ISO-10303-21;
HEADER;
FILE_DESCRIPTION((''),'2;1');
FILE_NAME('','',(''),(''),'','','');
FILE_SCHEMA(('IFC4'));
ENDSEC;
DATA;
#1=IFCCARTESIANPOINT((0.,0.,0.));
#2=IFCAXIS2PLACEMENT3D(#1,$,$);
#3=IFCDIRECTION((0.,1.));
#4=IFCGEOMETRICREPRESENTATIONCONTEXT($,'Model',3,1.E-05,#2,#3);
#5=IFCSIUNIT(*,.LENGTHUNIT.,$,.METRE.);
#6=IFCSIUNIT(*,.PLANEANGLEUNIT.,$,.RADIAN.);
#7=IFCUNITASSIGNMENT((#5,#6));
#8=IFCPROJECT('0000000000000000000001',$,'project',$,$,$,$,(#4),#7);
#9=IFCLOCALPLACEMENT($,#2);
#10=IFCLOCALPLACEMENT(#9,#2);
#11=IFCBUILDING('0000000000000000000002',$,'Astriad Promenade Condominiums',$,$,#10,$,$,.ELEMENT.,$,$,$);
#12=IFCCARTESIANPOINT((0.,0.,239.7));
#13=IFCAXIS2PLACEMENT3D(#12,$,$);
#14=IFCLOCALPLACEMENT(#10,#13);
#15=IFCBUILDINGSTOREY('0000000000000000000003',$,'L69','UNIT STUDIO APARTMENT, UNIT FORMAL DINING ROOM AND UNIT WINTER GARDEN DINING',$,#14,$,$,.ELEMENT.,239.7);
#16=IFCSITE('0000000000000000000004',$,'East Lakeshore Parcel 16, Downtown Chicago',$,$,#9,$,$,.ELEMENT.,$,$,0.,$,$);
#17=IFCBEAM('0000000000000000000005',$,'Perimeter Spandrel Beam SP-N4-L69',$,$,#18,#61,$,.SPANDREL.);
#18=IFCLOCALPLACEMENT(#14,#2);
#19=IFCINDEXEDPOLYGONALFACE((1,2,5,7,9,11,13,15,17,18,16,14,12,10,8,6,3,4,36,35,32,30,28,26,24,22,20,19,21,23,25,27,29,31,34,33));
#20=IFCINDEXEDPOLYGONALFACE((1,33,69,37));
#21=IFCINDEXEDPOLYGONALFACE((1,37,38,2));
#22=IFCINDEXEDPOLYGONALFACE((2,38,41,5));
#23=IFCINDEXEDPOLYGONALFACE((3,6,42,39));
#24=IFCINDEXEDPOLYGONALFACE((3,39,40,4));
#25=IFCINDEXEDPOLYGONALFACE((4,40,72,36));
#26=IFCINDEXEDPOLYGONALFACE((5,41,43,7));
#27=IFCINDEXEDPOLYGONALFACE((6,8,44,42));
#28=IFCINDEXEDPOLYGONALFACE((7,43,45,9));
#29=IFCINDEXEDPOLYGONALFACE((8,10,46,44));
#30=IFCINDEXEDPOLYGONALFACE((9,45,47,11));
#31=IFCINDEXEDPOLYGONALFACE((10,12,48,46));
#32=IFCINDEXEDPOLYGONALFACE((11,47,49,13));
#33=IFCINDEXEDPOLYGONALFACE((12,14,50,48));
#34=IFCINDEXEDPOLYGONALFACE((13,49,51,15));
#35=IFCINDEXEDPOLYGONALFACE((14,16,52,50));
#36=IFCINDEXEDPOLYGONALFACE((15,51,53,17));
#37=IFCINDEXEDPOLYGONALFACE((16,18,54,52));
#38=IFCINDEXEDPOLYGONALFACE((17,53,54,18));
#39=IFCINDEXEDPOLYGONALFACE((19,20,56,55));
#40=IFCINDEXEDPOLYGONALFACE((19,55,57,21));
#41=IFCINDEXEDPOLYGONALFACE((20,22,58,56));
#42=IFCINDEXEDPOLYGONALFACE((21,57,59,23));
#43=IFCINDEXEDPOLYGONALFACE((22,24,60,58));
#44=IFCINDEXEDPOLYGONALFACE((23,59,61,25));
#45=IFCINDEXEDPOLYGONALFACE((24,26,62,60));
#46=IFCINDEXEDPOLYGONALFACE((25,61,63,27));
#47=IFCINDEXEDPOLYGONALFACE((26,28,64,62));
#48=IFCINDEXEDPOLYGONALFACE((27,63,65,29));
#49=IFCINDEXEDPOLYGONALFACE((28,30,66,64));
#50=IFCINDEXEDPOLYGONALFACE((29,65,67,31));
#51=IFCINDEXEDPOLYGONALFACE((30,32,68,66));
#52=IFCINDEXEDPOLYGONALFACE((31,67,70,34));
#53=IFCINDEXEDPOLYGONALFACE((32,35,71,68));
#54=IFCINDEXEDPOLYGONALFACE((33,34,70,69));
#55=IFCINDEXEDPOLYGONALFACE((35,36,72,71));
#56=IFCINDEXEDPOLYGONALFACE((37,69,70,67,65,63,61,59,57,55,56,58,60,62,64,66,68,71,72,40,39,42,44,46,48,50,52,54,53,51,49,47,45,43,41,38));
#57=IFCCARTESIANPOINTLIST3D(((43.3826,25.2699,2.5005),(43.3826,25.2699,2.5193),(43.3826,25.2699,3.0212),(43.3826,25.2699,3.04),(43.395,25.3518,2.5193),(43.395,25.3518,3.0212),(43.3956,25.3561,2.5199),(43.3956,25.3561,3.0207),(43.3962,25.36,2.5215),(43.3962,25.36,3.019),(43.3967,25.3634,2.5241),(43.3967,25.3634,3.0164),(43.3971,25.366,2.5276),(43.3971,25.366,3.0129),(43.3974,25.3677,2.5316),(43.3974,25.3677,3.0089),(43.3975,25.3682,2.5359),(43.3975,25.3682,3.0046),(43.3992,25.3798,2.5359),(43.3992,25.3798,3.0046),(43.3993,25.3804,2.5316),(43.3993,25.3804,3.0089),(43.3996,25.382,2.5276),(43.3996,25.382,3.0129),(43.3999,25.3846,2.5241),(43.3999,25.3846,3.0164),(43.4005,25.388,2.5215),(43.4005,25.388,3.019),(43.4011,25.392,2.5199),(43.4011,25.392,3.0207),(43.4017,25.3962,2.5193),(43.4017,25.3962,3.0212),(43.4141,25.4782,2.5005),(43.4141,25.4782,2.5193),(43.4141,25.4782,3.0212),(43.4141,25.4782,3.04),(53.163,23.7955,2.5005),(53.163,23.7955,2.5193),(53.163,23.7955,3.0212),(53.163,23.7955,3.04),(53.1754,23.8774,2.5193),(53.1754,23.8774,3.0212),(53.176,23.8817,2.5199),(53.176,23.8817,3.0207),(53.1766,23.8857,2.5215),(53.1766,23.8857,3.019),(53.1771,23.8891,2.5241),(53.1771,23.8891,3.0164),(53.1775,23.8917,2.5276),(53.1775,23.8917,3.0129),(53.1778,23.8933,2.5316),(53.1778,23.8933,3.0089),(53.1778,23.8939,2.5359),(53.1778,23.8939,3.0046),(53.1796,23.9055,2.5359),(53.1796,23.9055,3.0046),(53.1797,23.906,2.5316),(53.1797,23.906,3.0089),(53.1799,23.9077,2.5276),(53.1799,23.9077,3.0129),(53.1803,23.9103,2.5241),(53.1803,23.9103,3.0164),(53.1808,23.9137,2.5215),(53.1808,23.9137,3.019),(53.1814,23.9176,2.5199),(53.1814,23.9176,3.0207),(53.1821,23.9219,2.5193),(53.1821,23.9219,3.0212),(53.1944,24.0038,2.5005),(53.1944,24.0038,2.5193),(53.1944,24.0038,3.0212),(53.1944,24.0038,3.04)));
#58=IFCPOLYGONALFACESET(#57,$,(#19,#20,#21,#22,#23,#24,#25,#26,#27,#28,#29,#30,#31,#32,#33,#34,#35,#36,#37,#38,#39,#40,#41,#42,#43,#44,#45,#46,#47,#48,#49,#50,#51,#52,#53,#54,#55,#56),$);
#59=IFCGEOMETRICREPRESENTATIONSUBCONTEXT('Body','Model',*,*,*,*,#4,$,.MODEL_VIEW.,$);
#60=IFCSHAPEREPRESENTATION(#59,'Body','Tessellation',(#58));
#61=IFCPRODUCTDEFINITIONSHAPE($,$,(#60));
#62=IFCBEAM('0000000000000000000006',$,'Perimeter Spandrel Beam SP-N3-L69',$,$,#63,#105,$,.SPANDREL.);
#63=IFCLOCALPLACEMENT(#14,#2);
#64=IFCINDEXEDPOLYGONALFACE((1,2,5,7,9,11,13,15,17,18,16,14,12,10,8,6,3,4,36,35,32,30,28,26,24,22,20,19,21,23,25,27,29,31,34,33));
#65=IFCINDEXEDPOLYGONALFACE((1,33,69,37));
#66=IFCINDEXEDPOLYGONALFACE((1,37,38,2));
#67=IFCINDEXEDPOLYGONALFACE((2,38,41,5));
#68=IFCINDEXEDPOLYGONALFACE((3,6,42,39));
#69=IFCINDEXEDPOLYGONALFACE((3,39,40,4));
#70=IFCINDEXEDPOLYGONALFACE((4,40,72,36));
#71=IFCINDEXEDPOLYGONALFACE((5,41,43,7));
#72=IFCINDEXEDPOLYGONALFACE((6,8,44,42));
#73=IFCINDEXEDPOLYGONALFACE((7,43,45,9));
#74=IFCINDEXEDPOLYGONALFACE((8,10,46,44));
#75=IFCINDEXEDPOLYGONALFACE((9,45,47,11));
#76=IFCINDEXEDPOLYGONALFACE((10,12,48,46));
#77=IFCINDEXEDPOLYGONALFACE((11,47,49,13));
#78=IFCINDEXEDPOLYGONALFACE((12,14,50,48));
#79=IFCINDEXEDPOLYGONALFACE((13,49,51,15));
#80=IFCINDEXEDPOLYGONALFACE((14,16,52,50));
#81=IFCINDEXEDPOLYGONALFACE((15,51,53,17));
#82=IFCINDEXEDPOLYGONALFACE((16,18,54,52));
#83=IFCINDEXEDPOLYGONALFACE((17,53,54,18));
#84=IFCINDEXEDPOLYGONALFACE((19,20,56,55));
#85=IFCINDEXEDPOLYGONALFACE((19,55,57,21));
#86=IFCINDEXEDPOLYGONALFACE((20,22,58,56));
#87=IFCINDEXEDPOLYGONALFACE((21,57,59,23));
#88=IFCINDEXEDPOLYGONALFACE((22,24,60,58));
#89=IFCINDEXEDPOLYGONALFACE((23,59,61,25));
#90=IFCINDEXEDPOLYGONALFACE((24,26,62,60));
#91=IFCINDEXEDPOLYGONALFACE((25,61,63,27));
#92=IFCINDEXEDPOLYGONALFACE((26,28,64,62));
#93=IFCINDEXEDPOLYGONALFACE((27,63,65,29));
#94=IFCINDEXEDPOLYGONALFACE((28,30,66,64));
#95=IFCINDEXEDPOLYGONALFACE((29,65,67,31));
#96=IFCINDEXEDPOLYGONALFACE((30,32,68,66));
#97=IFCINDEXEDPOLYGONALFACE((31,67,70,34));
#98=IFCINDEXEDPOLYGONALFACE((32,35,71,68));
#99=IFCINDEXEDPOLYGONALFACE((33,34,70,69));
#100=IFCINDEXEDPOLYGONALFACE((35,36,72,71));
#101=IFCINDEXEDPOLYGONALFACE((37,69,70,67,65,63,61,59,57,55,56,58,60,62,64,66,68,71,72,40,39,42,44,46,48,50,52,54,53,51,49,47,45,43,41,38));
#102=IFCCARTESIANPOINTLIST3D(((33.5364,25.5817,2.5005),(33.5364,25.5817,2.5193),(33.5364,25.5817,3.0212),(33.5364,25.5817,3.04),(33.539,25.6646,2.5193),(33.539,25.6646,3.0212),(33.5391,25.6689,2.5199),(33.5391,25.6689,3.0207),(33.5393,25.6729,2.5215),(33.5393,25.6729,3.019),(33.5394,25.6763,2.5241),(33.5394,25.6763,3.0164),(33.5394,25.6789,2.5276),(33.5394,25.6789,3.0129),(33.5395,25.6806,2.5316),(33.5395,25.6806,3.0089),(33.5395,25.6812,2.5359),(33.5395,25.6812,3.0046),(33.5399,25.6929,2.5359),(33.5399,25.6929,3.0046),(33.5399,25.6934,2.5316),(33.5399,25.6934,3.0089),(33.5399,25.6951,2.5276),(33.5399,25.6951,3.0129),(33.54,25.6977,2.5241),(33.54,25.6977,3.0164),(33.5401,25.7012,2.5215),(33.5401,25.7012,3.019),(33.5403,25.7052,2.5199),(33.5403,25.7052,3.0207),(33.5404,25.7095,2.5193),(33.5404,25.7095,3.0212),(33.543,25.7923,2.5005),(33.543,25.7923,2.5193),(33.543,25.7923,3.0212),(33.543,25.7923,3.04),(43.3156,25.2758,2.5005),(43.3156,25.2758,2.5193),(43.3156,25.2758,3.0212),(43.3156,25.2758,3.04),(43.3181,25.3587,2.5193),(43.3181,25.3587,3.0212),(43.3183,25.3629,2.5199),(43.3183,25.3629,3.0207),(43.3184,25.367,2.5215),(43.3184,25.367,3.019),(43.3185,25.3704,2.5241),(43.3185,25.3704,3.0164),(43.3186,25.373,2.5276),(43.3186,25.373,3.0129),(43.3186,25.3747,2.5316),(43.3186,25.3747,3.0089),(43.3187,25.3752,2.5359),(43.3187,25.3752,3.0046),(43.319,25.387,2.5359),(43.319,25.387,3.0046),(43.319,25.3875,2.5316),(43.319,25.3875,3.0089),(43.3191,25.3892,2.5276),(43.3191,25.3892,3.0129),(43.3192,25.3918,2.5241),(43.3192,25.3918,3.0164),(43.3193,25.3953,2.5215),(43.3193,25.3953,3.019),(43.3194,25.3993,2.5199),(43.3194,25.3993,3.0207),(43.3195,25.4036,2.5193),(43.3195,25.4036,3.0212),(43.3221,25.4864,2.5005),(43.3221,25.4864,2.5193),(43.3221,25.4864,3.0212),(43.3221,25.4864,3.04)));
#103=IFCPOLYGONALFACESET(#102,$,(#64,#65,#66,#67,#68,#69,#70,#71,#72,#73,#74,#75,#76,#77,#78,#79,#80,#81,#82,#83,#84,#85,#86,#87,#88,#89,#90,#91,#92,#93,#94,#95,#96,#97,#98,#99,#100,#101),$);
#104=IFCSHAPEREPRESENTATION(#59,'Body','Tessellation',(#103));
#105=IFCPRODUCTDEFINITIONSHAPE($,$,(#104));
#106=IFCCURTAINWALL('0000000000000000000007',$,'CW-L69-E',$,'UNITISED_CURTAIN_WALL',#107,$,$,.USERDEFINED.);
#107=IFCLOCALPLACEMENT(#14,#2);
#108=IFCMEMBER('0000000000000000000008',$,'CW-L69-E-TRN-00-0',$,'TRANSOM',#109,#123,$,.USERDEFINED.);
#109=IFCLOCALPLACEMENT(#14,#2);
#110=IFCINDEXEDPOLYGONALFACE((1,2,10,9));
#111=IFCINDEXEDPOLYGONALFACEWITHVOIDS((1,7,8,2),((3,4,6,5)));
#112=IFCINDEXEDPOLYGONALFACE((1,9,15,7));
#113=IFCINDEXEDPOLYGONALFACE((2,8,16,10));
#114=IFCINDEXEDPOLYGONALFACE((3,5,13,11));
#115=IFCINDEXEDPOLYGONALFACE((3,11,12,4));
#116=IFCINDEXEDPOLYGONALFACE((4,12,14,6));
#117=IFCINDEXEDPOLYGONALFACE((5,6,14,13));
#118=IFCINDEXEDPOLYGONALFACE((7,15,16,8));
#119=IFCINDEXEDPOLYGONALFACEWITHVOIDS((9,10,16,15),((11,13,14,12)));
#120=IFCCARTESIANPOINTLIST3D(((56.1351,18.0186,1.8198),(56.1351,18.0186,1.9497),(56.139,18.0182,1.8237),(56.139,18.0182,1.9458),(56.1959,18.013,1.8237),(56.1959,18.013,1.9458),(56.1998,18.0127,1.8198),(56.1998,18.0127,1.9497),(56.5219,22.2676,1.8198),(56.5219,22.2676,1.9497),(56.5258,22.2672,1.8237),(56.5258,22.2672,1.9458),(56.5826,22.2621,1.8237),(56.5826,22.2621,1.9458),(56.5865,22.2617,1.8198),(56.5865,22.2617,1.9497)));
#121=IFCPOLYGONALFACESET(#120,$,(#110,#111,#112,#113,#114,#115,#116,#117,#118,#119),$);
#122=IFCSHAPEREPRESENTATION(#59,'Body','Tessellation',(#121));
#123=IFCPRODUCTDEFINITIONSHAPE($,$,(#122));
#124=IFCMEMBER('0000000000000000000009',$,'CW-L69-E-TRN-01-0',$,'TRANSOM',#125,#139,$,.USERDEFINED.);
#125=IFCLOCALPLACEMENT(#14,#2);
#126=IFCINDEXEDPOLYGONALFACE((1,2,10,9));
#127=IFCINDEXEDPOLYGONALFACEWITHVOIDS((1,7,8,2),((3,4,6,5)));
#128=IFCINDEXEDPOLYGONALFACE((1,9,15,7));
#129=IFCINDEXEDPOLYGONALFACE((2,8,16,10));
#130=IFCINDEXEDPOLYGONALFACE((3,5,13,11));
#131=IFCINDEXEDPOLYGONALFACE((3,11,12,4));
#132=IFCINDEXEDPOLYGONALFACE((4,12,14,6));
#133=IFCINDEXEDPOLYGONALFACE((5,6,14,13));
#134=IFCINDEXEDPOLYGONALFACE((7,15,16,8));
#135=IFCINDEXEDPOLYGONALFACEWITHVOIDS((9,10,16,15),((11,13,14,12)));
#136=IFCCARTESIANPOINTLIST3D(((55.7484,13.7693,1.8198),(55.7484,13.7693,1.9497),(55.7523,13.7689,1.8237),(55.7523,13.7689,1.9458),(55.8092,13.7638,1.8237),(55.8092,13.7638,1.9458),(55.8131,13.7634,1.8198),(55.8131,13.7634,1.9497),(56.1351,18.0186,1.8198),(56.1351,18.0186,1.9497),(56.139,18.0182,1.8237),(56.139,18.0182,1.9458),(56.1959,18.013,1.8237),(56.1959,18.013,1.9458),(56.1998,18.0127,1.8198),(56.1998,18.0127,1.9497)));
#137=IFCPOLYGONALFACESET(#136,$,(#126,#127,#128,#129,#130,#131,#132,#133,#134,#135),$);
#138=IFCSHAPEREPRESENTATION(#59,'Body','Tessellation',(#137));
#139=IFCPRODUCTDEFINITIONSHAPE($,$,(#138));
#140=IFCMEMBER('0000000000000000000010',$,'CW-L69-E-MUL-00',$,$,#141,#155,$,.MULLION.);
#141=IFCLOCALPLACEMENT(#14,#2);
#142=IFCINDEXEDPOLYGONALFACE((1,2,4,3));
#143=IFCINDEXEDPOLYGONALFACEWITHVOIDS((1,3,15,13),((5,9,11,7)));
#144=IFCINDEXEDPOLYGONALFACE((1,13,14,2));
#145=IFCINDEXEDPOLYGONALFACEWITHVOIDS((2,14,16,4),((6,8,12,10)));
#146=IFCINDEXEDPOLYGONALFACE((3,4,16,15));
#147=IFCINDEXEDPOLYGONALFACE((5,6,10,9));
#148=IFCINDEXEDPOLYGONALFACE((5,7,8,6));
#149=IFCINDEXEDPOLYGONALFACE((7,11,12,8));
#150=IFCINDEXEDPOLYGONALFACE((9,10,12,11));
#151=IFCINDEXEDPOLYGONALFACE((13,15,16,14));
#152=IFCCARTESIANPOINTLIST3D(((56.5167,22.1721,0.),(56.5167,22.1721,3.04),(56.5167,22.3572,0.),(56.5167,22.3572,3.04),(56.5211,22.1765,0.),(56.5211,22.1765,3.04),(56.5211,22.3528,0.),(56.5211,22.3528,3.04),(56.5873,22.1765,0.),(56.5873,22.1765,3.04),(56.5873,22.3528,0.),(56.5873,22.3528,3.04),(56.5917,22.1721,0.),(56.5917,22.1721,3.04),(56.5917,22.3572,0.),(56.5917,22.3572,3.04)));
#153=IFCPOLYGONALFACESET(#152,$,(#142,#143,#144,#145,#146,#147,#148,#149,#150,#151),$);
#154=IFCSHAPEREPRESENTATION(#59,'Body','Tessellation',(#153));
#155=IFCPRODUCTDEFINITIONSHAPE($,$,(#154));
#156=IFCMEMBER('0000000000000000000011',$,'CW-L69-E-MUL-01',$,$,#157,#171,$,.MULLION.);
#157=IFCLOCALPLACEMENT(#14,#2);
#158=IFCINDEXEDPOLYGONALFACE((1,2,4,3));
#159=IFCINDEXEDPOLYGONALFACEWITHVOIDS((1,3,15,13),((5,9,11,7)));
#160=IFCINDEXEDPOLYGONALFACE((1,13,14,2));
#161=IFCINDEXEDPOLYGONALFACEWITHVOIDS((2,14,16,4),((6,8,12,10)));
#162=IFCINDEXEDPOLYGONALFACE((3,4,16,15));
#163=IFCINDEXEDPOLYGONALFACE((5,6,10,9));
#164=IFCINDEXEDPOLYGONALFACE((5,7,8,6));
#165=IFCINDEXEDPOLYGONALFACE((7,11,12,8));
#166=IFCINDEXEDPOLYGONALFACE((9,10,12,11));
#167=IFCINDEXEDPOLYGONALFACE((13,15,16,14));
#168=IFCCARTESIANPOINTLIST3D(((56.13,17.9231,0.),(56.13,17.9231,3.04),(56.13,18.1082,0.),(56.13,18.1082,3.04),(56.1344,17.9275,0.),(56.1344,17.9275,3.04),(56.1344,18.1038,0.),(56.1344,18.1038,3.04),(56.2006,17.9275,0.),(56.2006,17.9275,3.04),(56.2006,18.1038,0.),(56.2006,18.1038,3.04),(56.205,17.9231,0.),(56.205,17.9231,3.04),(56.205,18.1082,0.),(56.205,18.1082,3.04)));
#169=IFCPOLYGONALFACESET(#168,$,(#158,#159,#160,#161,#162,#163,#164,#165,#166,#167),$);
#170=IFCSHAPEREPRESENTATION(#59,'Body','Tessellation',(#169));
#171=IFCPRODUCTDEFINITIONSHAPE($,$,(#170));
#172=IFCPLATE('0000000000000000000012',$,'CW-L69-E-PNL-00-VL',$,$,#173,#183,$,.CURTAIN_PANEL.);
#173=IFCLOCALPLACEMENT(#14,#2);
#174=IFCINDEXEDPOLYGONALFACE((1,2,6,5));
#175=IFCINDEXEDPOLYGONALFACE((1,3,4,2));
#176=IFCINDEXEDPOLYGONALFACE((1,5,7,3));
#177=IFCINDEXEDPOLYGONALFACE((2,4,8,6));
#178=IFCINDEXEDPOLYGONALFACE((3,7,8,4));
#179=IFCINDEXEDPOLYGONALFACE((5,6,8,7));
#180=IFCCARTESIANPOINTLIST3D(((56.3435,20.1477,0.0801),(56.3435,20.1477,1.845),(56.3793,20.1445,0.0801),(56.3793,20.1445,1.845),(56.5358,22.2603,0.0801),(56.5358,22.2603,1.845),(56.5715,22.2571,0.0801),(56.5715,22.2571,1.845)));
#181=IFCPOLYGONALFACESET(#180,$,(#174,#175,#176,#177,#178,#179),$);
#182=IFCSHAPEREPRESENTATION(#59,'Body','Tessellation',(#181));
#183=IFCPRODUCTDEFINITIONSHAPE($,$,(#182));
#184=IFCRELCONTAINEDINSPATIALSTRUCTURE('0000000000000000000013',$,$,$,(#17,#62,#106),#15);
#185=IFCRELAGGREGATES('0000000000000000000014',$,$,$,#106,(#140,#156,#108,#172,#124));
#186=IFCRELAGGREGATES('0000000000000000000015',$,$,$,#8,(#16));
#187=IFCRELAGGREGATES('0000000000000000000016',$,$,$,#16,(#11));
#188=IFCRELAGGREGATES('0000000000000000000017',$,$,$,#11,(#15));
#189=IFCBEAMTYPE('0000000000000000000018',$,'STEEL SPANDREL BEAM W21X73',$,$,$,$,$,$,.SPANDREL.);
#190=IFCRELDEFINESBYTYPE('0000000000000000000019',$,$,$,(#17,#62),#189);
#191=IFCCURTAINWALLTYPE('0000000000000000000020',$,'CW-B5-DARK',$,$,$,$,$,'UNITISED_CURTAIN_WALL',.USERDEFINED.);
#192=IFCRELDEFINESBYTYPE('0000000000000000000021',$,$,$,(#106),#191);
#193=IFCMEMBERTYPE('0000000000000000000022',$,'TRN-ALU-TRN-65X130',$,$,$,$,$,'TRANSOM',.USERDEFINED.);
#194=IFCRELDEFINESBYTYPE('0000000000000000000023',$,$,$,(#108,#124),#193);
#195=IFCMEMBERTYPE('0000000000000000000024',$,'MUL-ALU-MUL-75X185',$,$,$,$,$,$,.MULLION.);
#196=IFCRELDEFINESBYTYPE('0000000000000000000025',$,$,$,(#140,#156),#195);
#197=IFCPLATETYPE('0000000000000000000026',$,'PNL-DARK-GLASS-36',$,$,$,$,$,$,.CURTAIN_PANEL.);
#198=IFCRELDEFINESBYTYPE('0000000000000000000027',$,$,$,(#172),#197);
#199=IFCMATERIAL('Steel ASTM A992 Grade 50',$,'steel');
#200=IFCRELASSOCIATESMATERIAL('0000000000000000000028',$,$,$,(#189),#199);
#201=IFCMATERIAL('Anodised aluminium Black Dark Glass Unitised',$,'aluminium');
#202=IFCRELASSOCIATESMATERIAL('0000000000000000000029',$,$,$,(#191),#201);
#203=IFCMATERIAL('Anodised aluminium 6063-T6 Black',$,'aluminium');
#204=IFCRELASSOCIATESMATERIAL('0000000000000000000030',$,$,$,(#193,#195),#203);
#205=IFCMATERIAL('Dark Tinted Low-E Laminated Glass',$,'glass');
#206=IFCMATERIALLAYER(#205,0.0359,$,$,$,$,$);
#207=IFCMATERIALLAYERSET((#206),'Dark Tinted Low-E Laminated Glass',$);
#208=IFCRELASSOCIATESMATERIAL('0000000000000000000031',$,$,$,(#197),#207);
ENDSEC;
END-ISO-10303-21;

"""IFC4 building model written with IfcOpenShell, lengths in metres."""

from ifc_helpers import new_model, si_unit, direction, frame, origin, origin_2d, place, context, subcontext, project, spatial, rectangle, hollow_rectangle, i_section, extrude, source, transform, mapped, material, layer, layer_set, material_profile, profile_set, type_object, type_shapes, element, aggregate, save


model = new_model("IFC4")

# Units and contexts
model_context = context("Model", 3, precision=1e-05, world=origin(), true_north=direction((0.0, 1.0)))
body_context = subcontext(model_context, "Body", "Model", "MODEL_VIEW")
ifc_project = project(units=[si_unit("LENGTHUNIT", "METRE"), si_unit("PLANEANGLEUNIT", "RADIAN")], contexts=[model_context])

# Site, building, storey
site_placement = place(None, origin())
site = spatial("IfcSite", under=ifc_project, at=site_placement, Name="East Lakeshore Parcel 16, Downtown Chicago", CompositionType="ELEMENT", RefElevation=0.0)
building_placement = place(site_placement, origin())
building = spatial("IfcBuilding", under=site, at=building_placement, Name="Astriad Promenade Condominiums", CompositionType="ELEMENT")
storey_placement = place(building_placement, frame((0.0, 0.0, 239.7)))
storey = spatial("IfcBuildingStorey", under=building, at=storey_placement, Name="L69", Description="UNIT STUDIO APARTMENT, UNIT FORMAL DINING ROOM AND UNIT WINTER GARDEN DINING", CompositionType="ELEMENT", Elevation=239.7)

# Shared definitions
ifc_material_1 = material(Name="Steel ASTM A992 Grade 50", Category="steel")

# Beams
ifc_material_profile_1 = material_profile(ifc_material_1, i_section(OverallWidth=0.2107, OverallDepth=0.5396, WebThickness=0.0117, FlangeThickness=0.0188, FilletRadius=0.0166, at=origin_2d()), Name="W21X73")
ifc_profile_set_1 = profile_set([ifc_material_profile_1], Name="Steel ASTM A992 Grade 50")
beam_type_1 = type_object("IfcBeamType", Name="STEEL SPANDREL BEAM W21X73", PredefinedType="SPANDREL", material=ifc_profile_set_1)
shared_shape_1 = source(origin(), body_context, "Body", "SweptSolid", [
    extrude(i_section(OverallWidth=0.2107, OverallDepth=0.5396, WebThickness=0.0117, FlangeThickness=0.0188, FilletRadius=0.0166, at=origin_2d()), origin(), (0.0, 0.0, 1.0), 9.8909),
])
beam_1_placement = place(storey_placement, frame((53.1787, 23.8997, 2.7703), z_axis=(-0.988827, 0.149065, 0.0), x_axis=(-0.149065, -0.988827, 0.0)))
element("IfcBeam", 1, at=beam_1_placement, inside=storey, type_object=beam_type_1, Name="Perimeter Spandrel Beam SP-N4-L69", PredefinedType="SPANDREL", context=body_context, shape_type="MappedRepresentation", body=[
    mapped(shared_shape_1, transform((0.0, 0.0, 0.0), scale=1.0)),
])
shared_shape_2 = source(origin(), body_context, "Body", "SweptSolid", [
    extrude(i_section(OverallWidth=0.2107, OverallDepth=0.5396, WebThickness=0.0117, FlangeThickness=0.0188, FilletRadius=0.0166, at=origin_2d()), origin(), (0.0, 0.0, 1.0), 9.7839),
])
type_shapes(beam_type_1, [shared_shape_1, shared_shape_2])
beam_2_placement = place(storey_placement, frame((43.3188, 25.3811, 2.7703), z_axis=(-0.999511, 0.031267, 0.0), x_axis=(-0.031267, -0.999511, 0.0)))
element("IfcBeam", 2, at=beam_2_placement, inside=storey, type_object=beam_type_1, Name="Perimeter Spandrel Beam SP-N3-L69", PredefinedType="SPANDREL", context=body_context, shape_type="MappedRepresentation", body=[
    mapped(shared_shape_2, transform((0.0, 0.0, 0.0), scale=1.0)),
])

# Curtain wall, members, plate
ifc_material_2 = material(Name="Anodised aluminium Black Dark Glass Unitised", Category="aluminium")
curtain_wall_type = type_object("IfcCurtainWallType", Name="CW-B5-DARK", ElementType="UNITISED_CURTAIN_WALL", PredefinedType="USERDEFINED", material=ifc_material_2)
curtain_wall_placement = place(storey_placement, origin())
curtain_wall = element("IfcCurtainWall", 3, at=curtain_wall_placement, inside=storey, type_object=curtain_wall_type, Name="CW-L69-E", ObjectType="UNITISED_CURTAIN_WALL", PredefinedType="USERDEFINED")
ifc_material_3 = material(Name="Anodised aluminium 6063-T6 Black", Category="aluminium")
ifc_material_profile_2 = material_profile(ifc_material_3, hollow_rectangle(XDim=0.0649, YDim=0.1299, WallThickness=0.0039, at=origin_2d()), Name="ALU-TRN-65X130")
ifc_profile_set_2 = profile_set([ifc_material_profile_2], Name="Anodised aluminium 6063-T6 Black")
member_type_1 = type_object("IfcMemberType", Name="TRN-ALU-TRN-65X130", ElementType="TRANSOM", PredefinedType="USERDEFINED", material=ifc_profile_set_2)
shared_shape_3 = source(origin(), body_context, "Body", "SweptSolid", [
    extrude(hollow_rectangle(XDim=0.0649, YDim=0.1299, WallThickness=0.0039, at=origin_2d()), origin(), (0.0, 0.0, 1.0), 4.2666),
])
member_1_placement = place(storey_placement, frame((56.5542, 22.2646, 1.8848), z_axis=(-0.090639, -0.995884, 0.0), x_axis=(0.995884, -0.090639, 0.0)))
member_1 = element("IfcMember", 4, at=member_1_placement, type_object=member_type_1, Name="CW-L69-E-TRN-00-0", ObjectType="TRANSOM", PredefinedType="USERDEFINED", context=body_context, shape_type="MappedRepresentation", body=[
    mapped(shared_shape_3, transform((0.0, 0.0, 0.0), scale=1.0)),
])
shared_shape_4 = source(origin(), body_context, "Body", "SweptSolid", [
    extrude(hollow_rectangle(XDim=0.0649, YDim=0.1299, WallThickness=0.0039, at=origin_2d()), origin(), (0.0, 0.0, 1.0), 4.2668),
])
type_shapes(member_type_1, [shared_shape_3, shared_shape_4])
member_2_placement = place(storey_placement, frame((56.1675, 18.0156, 1.8848), z_axis=(-0.090634, -0.995884, 0.0), x_axis=(0.995884, -0.090634, 0.0)))
member_2 = element("IfcMember", 5, at=member_2_placement, type_object=member_type_1, Name="CW-L69-E-TRN-01-0", ObjectType="TRANSOM", PredefinedType="USERDEFINED", context=body_context, shape_type="MappedRepresentation", body=[
    mapped(shared_shape_4, transform((0.0, 0.0, 0.0), scale=1.0)),
])
ifc_material_profile_3 = material_profile(ifc_material_3, hollow_rectangle(XDim=0.075, YDim=0.1851, WallThickness=0.0044, at=origin_2d()), Name="ALU-MUL-75X185")
ifc_profile_set_3 = profile_set([ifc_material_profile_3], Name="Anodised aluminium 6063-T6 Black")
member_type_2 = type_object("IfcMemberType", Name="MUL-ALU-MUL-75X185", PredefinedType="MULLION", material=ifc_profile_set_3)
shared_shape_5 = source(origin(), body_context, "Body", "SweptSolid", [
    extrude(hollow_rectangle(XDim=0.075, YDim=0.1851, WallThickness=0.0044, at=origin_2d()), origin(), (0.0, 0.0, 1.0), 3.04),
])
type_shapes(member_type_2, [shared_shape_5])
member_3_placement = place(storey_placement, frame((56.5542, 22.2646, 0.0), z_axis=(0.0, 0.0, 1.0), x_axis=(1.0, 0.0, 0.0)))
member_3 = element("IfcMember", 6, at=member_3_placement, type_object=member_type_2, Name="CW-L69-E-MUL-00", PredefinedType="MULLION", context=body_context, shape_type="MappedRepresentation", body=[
    mapped(shared_shape_5, transform((0.0, 0.0, 0.0), scale=1.0)),
])
member_4_placement = place(storey_placement, frame((56.1675, 18.0156, 0.0), z_axis=(0.0, 0.0, 1.0), x_axis=(1.0, 0.0, 0.0)))
member_4 = element("IfcMember", 7, at=member_4_placement, type_object=member_type_2, Name="CW-L69-E-MUL-01", PredefinedType="MULLION", context=body_context, shape_type="MappedRepresentation", body=[
    mapped(shared_shape_5, transform((0.0, 0.0, 0.0), scale=1.0)),
])
ifc_material_4 = material(Name="Dark Tinted Low-E Laminated Glass", Category="glass")
ifc_layer_1 = layer(ifc_material_4, 0.0359)
ifc_layer_set_1 = layer_set([ifc_layer_1], Name="Dark Tinted Low-E Laminated Glass")
plate_type = type_object("IfcPlateType", Name="PNL-DARK-GLASS-36", PredefinedType="CURTAIN_PANEL", material=ifc_layer_set_1)
shared_shape_6 = source(origin(), body_context, "Body", "SweptSolid", [
    extrude(rectangle(XDim=2.1213, YDim=0.0359, at=origin_2d()), origin(), (0.0, 0.0, 1.0), 1.7649),
])
plate_1_placement = place(storey_placement, frame((56.4575, 21.2024, 0.0801), z_axis=(0.0, 0.0, 1.0), x_axis=(-0.090633, -0.995884, 0.0)))
plate_1 = element("IfcPlate", 8, at=plate_1_placement, type_object=plate_type, Name="CW-L69-E-PNL-00-VL", PredefinedType="CURTAIN_PANEL", context=body_context, shape_type="MappedRepresentation", body=[
    mapped(shared_shape_6, transform((0.0, 0.0, 0.0), scale=1.0)),
])
aggregate(curtain_wall, [member_3, member_4, member_1, plate_1, member_2])

save(model, "model.ifc")
